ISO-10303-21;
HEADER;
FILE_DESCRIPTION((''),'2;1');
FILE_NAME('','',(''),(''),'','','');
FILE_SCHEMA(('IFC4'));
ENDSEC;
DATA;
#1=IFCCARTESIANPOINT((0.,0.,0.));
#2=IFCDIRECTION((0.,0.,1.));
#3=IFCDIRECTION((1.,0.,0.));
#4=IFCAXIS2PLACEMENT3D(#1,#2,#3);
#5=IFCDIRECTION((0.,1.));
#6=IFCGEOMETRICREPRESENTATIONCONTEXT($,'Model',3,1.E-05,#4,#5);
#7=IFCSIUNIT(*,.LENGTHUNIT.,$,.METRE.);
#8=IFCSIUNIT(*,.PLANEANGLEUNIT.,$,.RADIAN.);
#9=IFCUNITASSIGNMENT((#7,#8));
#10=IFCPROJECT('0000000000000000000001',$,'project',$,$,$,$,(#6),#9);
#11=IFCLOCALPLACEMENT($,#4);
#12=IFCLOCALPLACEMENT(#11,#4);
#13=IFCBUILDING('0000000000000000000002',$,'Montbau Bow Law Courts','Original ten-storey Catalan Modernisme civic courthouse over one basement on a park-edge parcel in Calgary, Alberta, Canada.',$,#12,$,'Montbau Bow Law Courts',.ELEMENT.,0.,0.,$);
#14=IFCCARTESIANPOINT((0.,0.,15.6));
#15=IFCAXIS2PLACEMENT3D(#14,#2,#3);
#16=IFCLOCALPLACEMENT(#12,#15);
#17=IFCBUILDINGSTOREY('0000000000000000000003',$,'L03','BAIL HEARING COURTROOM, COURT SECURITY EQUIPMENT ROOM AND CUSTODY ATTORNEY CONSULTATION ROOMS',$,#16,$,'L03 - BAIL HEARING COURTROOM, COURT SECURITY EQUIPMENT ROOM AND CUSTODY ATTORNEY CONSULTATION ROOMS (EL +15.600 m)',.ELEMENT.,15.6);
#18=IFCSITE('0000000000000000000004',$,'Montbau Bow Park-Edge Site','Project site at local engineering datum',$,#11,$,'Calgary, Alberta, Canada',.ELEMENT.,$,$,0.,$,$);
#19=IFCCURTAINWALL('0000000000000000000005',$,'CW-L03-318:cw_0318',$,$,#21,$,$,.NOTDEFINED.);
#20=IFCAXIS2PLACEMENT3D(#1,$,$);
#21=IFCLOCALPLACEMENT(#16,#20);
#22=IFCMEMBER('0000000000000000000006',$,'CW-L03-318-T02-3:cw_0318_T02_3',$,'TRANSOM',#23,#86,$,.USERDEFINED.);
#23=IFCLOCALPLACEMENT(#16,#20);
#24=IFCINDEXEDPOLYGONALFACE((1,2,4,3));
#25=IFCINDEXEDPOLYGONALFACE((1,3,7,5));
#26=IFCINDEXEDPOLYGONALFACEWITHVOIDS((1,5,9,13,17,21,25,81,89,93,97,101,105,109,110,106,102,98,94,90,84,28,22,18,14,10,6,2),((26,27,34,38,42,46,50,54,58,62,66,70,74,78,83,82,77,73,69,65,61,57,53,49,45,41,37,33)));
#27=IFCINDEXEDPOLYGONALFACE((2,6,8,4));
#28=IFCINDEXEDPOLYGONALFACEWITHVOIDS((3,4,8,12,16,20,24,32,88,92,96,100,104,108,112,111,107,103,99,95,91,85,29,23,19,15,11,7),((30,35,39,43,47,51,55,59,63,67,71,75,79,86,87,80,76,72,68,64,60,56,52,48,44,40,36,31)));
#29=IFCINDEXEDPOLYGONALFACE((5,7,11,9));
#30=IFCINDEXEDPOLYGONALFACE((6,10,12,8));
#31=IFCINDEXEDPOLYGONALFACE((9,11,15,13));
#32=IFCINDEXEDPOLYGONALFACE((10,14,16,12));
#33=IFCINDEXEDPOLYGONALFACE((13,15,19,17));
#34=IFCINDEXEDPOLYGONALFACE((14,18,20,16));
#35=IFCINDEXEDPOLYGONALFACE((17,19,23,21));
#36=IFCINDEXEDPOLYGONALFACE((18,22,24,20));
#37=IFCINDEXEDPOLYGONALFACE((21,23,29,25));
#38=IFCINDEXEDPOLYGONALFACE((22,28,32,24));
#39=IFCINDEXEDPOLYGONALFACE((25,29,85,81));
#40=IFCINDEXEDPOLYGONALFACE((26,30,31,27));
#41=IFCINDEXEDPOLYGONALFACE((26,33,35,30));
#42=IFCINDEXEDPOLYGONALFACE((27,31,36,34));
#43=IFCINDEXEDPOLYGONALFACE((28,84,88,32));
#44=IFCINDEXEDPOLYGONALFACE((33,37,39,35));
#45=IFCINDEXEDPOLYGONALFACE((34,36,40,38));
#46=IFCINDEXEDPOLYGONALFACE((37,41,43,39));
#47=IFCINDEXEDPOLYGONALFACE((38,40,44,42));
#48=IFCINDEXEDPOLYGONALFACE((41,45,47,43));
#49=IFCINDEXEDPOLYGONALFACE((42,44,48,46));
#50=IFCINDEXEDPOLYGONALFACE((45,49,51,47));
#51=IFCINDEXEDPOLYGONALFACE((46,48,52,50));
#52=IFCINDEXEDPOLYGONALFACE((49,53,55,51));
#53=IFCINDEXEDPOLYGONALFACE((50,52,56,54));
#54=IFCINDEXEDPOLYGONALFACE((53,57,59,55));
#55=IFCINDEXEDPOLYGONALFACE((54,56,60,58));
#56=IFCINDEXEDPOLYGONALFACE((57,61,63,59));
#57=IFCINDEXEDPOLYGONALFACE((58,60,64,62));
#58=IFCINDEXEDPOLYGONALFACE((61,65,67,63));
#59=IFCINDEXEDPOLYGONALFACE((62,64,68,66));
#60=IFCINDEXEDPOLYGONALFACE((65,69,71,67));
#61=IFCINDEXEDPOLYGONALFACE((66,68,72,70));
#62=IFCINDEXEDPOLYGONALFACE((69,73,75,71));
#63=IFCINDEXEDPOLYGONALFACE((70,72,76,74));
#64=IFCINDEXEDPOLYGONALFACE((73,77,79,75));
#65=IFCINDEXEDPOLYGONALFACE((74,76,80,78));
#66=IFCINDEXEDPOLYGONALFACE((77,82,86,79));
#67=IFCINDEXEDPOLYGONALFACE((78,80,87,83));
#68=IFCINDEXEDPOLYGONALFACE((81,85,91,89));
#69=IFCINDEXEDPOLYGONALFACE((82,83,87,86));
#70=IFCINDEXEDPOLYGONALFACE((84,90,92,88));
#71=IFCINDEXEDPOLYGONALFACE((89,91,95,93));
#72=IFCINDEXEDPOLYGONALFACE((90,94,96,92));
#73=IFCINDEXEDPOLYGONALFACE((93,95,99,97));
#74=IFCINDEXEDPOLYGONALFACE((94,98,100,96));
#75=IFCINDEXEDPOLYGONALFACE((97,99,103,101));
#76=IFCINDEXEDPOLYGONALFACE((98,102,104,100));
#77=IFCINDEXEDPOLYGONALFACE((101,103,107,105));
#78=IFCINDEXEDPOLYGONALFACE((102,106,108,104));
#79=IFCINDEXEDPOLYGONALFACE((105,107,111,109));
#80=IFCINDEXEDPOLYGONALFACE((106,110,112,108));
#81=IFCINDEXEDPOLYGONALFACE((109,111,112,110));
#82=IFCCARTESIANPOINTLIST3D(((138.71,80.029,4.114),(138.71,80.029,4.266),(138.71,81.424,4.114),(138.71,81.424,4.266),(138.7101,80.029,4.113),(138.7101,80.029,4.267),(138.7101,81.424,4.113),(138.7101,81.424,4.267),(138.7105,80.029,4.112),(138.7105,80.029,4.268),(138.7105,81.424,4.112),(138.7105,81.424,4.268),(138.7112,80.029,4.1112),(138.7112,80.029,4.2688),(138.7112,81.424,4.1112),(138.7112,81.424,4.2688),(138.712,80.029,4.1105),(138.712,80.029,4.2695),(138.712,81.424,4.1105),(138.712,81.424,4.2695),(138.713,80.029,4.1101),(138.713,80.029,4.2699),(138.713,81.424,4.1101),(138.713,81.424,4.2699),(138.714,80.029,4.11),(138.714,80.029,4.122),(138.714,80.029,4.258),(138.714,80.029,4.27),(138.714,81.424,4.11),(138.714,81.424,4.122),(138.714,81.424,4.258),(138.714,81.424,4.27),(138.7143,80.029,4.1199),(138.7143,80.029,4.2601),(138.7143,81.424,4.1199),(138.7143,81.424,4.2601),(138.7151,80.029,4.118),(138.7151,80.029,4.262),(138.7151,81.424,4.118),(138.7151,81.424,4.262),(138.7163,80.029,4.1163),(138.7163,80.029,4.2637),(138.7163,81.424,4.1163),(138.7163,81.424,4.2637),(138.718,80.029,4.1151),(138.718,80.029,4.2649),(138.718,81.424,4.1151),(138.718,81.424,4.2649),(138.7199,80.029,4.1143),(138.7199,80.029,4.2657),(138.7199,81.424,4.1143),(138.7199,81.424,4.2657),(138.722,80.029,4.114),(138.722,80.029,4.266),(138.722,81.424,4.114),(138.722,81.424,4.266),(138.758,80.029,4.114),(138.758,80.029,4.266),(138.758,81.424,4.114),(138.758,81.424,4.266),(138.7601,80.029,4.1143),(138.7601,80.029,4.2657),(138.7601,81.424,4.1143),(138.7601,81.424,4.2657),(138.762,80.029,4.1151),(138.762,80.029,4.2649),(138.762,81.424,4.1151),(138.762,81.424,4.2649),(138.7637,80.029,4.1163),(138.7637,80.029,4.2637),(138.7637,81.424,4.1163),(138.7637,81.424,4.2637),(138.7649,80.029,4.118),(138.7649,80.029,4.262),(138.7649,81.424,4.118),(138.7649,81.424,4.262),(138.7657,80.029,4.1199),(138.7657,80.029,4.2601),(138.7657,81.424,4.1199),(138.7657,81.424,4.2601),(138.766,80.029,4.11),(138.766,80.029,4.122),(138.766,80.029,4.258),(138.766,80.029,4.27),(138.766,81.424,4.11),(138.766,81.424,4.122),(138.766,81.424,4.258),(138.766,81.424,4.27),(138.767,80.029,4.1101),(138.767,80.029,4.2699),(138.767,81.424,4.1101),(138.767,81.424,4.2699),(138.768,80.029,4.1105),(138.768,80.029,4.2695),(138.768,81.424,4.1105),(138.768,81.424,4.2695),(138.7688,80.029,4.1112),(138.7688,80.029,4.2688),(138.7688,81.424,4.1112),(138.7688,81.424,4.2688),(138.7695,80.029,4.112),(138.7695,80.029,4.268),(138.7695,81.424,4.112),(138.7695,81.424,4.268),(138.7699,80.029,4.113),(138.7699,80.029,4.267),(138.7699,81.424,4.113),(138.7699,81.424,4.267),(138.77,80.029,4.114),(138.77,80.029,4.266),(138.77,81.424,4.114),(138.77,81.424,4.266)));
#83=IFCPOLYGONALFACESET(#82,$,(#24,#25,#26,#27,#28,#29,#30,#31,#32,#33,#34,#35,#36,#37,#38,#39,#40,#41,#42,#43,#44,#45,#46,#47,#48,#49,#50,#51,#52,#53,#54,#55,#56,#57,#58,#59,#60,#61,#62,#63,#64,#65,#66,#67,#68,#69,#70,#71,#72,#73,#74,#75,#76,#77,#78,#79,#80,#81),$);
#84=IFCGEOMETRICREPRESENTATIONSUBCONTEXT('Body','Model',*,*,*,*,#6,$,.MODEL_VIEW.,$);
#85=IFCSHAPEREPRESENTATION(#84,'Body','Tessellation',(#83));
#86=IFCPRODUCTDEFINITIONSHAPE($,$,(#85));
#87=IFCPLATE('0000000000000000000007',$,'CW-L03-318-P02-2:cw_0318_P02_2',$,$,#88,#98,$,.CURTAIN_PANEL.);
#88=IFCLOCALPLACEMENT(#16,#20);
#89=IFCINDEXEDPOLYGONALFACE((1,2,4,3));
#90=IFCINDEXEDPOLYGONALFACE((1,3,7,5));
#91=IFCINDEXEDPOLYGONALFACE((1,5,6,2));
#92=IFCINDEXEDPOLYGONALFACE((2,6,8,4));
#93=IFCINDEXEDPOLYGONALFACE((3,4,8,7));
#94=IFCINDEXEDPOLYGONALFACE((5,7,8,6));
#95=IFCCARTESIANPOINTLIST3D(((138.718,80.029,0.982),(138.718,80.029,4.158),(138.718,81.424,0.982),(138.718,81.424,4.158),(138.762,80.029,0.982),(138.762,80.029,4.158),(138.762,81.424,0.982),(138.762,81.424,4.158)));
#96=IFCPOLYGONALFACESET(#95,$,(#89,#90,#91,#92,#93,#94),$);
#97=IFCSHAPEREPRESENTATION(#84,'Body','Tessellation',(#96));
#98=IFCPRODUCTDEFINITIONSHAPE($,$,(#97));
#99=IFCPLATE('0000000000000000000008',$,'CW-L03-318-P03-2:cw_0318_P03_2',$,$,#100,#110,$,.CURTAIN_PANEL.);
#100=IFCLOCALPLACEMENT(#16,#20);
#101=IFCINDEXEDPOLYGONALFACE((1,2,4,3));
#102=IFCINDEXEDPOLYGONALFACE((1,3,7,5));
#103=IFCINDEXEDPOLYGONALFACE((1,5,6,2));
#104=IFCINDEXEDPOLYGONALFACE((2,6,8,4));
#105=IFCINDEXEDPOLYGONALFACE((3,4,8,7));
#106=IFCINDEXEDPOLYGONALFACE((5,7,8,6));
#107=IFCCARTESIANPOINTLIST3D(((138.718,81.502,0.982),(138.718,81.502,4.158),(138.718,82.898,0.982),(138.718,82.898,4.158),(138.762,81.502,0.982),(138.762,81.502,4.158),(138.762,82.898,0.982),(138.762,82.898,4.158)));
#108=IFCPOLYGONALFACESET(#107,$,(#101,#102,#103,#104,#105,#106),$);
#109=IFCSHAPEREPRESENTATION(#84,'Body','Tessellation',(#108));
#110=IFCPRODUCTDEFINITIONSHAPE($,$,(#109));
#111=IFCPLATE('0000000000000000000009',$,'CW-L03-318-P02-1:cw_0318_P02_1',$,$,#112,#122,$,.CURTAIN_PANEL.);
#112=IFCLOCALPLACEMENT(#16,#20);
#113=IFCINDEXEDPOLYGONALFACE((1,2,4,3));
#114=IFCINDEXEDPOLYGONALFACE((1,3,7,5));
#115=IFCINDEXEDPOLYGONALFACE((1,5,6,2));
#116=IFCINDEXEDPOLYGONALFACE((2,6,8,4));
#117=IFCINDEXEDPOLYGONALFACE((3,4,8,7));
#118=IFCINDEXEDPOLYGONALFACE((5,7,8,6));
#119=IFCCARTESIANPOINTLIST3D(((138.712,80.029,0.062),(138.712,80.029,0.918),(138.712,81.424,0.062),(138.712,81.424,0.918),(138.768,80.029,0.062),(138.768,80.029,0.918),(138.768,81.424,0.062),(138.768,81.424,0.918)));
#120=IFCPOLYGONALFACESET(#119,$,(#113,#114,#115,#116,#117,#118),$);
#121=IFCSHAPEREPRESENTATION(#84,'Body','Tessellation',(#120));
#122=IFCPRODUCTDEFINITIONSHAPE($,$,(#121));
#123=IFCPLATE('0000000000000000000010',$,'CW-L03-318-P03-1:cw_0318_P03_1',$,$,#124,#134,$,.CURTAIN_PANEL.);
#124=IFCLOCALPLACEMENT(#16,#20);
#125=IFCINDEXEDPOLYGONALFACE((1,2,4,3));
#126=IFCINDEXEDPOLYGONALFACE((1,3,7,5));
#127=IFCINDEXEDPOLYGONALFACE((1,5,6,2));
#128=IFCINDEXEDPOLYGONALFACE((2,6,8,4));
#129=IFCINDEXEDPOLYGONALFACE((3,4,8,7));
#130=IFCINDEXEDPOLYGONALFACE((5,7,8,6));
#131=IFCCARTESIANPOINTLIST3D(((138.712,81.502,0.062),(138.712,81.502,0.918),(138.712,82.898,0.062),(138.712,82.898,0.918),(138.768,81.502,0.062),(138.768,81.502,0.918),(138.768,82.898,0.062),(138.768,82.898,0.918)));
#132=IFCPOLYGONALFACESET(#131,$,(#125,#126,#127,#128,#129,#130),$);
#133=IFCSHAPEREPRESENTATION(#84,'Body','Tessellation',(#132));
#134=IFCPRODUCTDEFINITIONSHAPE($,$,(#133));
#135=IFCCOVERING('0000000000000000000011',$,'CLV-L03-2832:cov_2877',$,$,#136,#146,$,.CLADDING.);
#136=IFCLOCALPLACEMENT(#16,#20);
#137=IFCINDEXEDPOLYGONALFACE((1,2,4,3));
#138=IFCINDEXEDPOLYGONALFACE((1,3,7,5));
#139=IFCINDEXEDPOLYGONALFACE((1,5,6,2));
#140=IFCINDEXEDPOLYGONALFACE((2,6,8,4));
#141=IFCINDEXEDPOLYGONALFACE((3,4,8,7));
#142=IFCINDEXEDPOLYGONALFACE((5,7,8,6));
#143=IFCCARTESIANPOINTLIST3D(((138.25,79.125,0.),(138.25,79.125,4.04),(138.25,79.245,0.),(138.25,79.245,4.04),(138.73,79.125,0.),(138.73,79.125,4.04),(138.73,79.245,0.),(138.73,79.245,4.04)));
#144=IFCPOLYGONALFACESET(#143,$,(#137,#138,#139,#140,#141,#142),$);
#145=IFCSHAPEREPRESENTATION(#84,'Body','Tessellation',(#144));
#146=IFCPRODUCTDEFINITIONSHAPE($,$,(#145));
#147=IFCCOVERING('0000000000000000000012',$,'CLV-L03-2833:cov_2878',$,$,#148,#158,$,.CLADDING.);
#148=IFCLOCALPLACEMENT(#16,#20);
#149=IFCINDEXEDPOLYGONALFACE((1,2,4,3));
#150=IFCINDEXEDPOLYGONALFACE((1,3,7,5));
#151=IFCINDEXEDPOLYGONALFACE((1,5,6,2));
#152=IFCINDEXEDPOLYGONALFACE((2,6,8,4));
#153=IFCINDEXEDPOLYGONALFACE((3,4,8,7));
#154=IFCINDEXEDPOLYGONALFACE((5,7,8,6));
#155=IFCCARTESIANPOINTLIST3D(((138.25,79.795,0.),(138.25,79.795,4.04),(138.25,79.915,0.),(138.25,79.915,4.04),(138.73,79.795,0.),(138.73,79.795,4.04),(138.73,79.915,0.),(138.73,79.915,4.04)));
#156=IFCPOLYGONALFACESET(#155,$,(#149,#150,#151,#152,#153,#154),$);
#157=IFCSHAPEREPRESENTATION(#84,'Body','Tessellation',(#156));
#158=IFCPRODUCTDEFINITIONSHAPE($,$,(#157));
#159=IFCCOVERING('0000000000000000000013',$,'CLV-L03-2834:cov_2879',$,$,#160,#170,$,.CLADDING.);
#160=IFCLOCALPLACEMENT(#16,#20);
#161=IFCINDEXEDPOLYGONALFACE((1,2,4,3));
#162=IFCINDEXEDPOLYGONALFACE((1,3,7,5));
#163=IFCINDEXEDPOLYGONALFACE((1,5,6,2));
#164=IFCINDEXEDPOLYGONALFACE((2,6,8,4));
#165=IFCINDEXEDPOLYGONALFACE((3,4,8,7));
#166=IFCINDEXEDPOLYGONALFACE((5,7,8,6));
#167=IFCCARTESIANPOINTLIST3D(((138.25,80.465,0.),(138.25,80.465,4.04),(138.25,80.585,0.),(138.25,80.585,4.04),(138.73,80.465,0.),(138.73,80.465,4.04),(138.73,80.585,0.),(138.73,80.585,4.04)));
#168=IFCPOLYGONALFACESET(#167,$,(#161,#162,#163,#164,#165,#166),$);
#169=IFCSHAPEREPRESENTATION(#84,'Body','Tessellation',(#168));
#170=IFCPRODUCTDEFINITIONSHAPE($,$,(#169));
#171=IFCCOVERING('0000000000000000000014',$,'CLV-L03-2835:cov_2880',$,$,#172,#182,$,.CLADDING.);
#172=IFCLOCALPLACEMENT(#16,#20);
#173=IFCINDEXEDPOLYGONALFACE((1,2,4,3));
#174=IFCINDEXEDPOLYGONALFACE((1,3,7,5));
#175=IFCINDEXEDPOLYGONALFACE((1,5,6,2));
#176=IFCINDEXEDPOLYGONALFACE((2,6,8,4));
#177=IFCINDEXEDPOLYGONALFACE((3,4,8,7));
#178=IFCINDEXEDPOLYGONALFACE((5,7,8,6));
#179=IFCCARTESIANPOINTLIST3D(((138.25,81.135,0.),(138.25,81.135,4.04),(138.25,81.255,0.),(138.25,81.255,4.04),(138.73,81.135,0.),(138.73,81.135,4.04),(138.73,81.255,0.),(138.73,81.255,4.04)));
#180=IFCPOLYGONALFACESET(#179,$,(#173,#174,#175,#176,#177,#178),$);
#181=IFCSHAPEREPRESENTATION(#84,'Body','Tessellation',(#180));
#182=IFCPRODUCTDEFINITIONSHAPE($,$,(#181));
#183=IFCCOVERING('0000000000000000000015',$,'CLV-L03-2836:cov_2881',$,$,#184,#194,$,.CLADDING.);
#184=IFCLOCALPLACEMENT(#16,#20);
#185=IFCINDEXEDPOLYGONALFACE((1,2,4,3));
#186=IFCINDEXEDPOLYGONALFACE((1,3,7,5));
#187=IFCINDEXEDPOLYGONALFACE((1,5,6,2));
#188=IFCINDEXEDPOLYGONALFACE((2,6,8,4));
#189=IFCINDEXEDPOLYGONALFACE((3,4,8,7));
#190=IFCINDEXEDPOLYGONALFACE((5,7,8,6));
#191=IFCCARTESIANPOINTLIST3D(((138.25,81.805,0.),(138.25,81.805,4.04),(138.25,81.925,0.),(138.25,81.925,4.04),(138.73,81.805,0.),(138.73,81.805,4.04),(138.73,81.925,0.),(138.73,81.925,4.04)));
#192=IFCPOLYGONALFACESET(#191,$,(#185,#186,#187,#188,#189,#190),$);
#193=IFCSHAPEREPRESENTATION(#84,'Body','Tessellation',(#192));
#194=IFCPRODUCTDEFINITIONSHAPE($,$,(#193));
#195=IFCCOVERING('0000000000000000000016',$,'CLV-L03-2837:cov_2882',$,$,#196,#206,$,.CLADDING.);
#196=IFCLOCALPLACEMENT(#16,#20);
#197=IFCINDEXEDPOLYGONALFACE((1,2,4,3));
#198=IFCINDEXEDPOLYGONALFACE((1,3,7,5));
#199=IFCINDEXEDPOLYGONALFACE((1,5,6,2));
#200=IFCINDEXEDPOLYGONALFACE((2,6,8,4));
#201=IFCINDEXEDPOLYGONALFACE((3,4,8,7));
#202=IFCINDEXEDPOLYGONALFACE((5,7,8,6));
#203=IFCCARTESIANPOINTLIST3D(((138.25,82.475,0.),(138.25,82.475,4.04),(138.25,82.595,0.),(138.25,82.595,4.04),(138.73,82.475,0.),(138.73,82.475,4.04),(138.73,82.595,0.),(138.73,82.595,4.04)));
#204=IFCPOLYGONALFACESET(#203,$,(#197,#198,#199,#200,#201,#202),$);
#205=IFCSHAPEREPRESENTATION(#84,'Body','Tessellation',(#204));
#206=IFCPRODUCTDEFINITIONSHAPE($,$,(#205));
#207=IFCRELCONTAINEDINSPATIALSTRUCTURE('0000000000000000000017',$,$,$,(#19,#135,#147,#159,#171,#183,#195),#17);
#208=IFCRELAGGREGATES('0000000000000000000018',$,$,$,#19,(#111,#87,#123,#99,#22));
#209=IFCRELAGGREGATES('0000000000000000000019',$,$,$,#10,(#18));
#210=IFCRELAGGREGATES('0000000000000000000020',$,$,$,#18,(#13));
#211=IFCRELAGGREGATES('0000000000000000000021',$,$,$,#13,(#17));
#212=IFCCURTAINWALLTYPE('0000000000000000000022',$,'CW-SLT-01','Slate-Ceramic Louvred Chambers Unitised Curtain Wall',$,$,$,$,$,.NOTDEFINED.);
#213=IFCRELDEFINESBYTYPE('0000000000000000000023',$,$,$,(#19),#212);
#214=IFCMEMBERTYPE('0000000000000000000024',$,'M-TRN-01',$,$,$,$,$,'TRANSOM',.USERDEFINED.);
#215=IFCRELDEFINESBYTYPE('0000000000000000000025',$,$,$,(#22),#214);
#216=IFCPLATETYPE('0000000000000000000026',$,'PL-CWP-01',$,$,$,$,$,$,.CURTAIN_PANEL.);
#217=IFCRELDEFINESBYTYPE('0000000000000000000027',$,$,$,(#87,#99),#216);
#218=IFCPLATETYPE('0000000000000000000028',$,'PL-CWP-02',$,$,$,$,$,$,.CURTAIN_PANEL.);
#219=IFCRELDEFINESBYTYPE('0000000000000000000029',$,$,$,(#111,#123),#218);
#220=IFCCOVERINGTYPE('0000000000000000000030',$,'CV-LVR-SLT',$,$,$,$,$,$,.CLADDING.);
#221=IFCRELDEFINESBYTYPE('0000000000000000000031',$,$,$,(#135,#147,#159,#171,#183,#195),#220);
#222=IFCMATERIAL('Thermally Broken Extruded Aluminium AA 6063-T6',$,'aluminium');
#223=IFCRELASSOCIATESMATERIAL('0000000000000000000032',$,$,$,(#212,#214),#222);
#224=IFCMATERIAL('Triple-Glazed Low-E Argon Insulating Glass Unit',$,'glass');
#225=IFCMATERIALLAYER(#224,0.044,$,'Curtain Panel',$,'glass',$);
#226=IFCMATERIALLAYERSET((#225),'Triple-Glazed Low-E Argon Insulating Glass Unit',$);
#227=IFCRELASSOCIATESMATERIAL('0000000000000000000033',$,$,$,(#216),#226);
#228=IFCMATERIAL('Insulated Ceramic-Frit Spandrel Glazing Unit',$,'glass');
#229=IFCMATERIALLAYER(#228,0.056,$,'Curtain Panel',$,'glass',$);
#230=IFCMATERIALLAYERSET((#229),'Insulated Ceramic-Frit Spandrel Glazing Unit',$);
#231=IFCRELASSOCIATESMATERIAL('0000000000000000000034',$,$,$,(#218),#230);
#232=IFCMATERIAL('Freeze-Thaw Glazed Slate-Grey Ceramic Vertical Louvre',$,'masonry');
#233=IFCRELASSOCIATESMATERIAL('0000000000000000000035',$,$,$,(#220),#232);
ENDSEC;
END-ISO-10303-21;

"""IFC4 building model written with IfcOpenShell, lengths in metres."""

from ifc_helpers import new_model, si_unit, direction, frame, frame_2d, origin_with_axes, origin_2d_with_axis, place, context, subcontext, project, spatial, rectangle, hollow_rectangle, extrude, material, layer, layer_set, material_profile, profile_set, type_object, element, aggregate, save


model = new_model("IFC4")

# Units and contexts
model_context = context("Model", 3, precision=1e-05, world=origin_with_axes(), true_north=direction((0.0, 1.0)))
body_context = subcontext(model_context, "Body", "Model", "MODEL_VIEW")
ifc_project = project(units=[si_unit("LENGTHUNIT", "METRE"), si_unit("PLANEANGLEUNIT", "RADIAN")], contexts=[model_context])

# Site, building, storey
site_placement = place(None, origin_with_axes())
site = spatial("IfcSite", under=ifc_project, at=site_placement, Name="Montbau Bow Park-Edge Site", Description="Project site at local engineering datum", LongName="Calgary, Alberta, Canada", CompositionType="ELEMENT", RefElevation=0.0)
building_placement = place(site_placement, origin_with_axes())
building = spatial("IfcBuilding", under=site, at=building_placement, Name="Montbau Bow Law Courts", Description="Original ten-storey Catalan Modernisme civic courthouse over one basement on a park-edge parcel in Calgary, Alberta, Canada.", LongName="Montbau Bow Law Courts", CompositionType="ELEMENT", ElevationOfRefHeight=0.0, ElevationOfTerrain=0.0)
storey_placement = place(building_placement, frame((0.0, 0.0, 15.6), z_axis=(0.0, 0.0, 1.0), x_axis=(1.0, 0.0, 0.0)))
storey = spatial("IfcBuildingStorey", under=building, at=storey_placement, Name="L03", Description="BAIL HEARING COURTROOM, COURT SECURITY EQUIPMENT ROOM AND CUSTODY ATTORNEY CONSULTATION ROOMS", LongName="L03 - BAIL HEARING COURTROOM, COURT SECURITY EQUIPMENT ROOM AND CUSTODY ATTORNEY CONSULTATION ROOMS (EL +15.600 m)", CompositionType="ELEMENT", Elevation=15.6)

# Curtain wall, member, plates
ifc_material_1 = material(Name="Thermally Broken Extruded Aluminium AA 6063-T6", Category="aluminium")
curtain_wall_type = type_object("IfcCurtainWallType", Name="CW-SLT-01", Description="Slate-Ceramic Louvred Chambers Unitised Curtain Wall", PredefinedType="NOTDEFINED", material=ifc_material_1)
curtain_wall_placement = place(None, frame((138.74, 78.515, 15.6), z_axis=(0.0, 0.0, 1.0), x_axis=(1.0, 0.0, 0.0)))
curtain_wall = element("IfcCurtainWall", 1, at=curtain_wall_placement, inside=storey, type_object=curtain_wall_type, Name="CW-L03-318:cw_0318", PredefinedType="NOTDEFINED")
ifc_material_profile_1 = material_profile(ifc_material_1, hollow_rectangle(XDim=0.06, YDim=0.16, WallThickness=0.004, InnerFilletRadius=0.008, OuterFilletRadius=0.004, at=origin_2d_with_axis()), Name="CWT-160X60", Category="Main", Priority=0)
ifc_profile_set_1 = profile_set([ifc_material_profile_1], Name="Thermally Broken Extruded Aluminium AA 6063-T6")
member_type_1 = type_object("IfcMemberType", Name="M-TRN-01", ElementType="TRANSOM", PredefinedType="USERDEFINED", material=ifc_profile_set_1)
member_1_placement = place(None, frame((138.74, 80.029, 19.79), z_axis=(0.0, 1.0, 0.0), x_axis=(-1.0, 0.0, 0.0)))
member_1 = element("IfcMember", 2, at=member_1_placement, type_object=member_type_1, Name="CW-L03-318-T02-3:cw_0318_T02_3", ObjectType="TRANSOM", PredefinedType="USERDEFINED", context=body_context, shape_type="SweptSolid", body=[
    extrude(hollow_rectangle(XDim=0.06, YDim=0.16, WallThickness=0.004, InnerFilletRadius=0.008, OuterFilletRadius=0.004, at=origin_2d_with_axis()), origin_with_axes(), (0.0, 0.0, 1.0), 1.395),
])
ifc_material_2 = material(Name="Triple-Glazed Low-E Argon Insulating Glass Unit", Category="glass")
ifc_layer_1 = layer(ifc_material_2, 0.044, Name="Curtain Panel", Category="glass")
ifc_layer_set_1 = layer_set([ifc_layer_1], Name="Triple-Glazed Low-E Argon Insulating Glass Unit")
plate_type_1 = type_object("IfcPlateType", Name="PL-CWP-01", PredefinedType="CURTAIN_PANEL", material=ifc_layer_set_1)
plate_1_placement = place(None, frame((138.74, 80.029, 16.582), z_axis=(1.0, 0.0, 0.0), x_axis=(0.0, 1.0, 0.0)))
plate_1 = element("IfcPlate", 3, at=plate_1_placement, type_object=plate_type_1, Name="CW-L03-318-P02-2:cw_0318_P02_2", PredefinedType="CURTAIN_PANEL", context=body_context, shape_type="SweptSolid", body=[
    extrude(rectangle(XDim=1.395, YDim=3.176, at=frame_2d((0.6975, 1.588), x_axis=(1.0, 0.0))), frame((0.0, 0.0, -0.022), z_axis=(0.0, 0.0, 1.0), x_axis=(1.0, 0.0, 0.0)), (0.0, 0.0, 1.0), 0.044),
])
plate_2_placement = place(None, frame((138.74, 81.502, 16.582), z_axis=(1.0, 0.0, 0.0), x_axis=(0.0, 1.0, 0.0)))
plate_2 = element("IfcPlate", 4, at=plate_2_placement, type_object=plate_type_1, Name="CW-L03-318-P03-2:cw_0318_P03_2", PredefinedType="CURTAIN_PANEL", context=body_context, shape_type="SweptSolid", body=[
    extrude(rectangle(XDim=1.396, YDim=3.176, at=frame_2d((0.698, 1.588), x_axis=(1.0, 0.0))), frame((0.0, 0.0, -0.022), z_axis=(0.0, 0.0, 1.0), x_axis=(1.0, 0.0, 0.0)), (0.0, 0.0, 1.0), 0.044),
])
ifc_material_3 = material(Name="Insulated Ceramic-Frit Spandrel Glazing Unit", Category="glass")
ifc_layer_2 = layer(ifc_material_3, 0.056, Name="Curtain Panel", Category="glass")
ifc_layer_set_2 = layer_set([ifc_layer_2], Name="Insulated Ceramic-Frit Spandrel Glazing Unit")
plate_type_2 = type_object("IfcPlateType", Name="PL-CWP-02", PredefinedType="CURTAIN_PANEL", material=ifc_layer_set_2)
plate_3_placement = place(None, frame((138.74, 80.029, 15.662), z_axis=(1.0, 0.0, 0.0), x_axis=(0.0, 1.0, 0.0)))
plate_3 = element("IfcPlate", 5, at=plate_3_placement, type_object=plate_type_2, Name="CW-L03-318-P02-1:cw_0318_P02_1", PredefinedType="CURTAIN_PANEL", context=body_context, shape_type="SweptSolid", body=[
    extrude(rectangle(XDim=1.395, YDim=0.856, at=frame_2d((0.6975, 0.428), x_axis=(1.0, 0.0))), frame((0.0, 0.0, -0.028), z_axis=(0.0, 0.0, 1.0), x_axis=(1.0, 0.0, 0.0)), (0.0, 0.0, 1.0), 0.056),
])
plate_4_placement = place(None, frame((138.74, 81.502, 15.662), z_axis=(1.0, 0.0, 0.0), x_axis=(0.0, 1.0, 0.0)))
plate_4 = element("IfcPlate", 6, at=plate_4_placement, type_object=plate_type_2, Name="CW-L03-318-P03-1:cw_0318_P03_1", PredefinedType="CURTAIN_PANEL", context=body_context, shape_type="SweptSolid", body=[
    extrude(rectangle(XDim=1.396, YDim=0.856, at=frame_2d((0.698, 0.428), x_axis=(1.0, 0.0))), frame((0.0, 0.0, -0.028), z_axis=(0.0, 0.0, 1.0), x_axis=(1.0, 0.0, 0.0)), (0.0, 0.0, 1.0), 0.056),
])
aggregate(curtain_wall, [plate_3, plate_1, plate_4, plate_2, member_1])

# Coverings
ifc_material_4 = material(Name="Freeze-Thaw Glazed Slate-Grey Ceramic Vertical Louvre", Category="masonry")
covering_type = type_object("IfcCoveringType", Name="CV-LVR-SLT", PredefinedType="CLADDING", material=ifc_material_4)
for number, where, z_axis, x_axis, name in (
    (7, (138.73, 79.185, 15.6), (0.0, 1.0, 0.0), (-1.0, 0.0, 0.0), "CLV-L03-2832:cov_2877"),
    (8, (138.73, 79.855, 15.6), (0.0, 1.0, 0.0), (-1.0, 0.0, 0.0), "CLV-L03-2833:cov_2878"),
    (9, (138.73, 80.525, 15.6), (0.0, 1.0, 0.0), (-1.0, 0.0, 0.0), "CLV-L03-2834:cov_2879"),
    (10, (138.73, 81.195, 15.6), (0.0, 1.0, 0.0), (-1.0, 0.0, 0.0), "CLV-L03-2835:cov_2880"),
    (11, (138.73, 81.865, 15.6), (0.0, 1.0, 0.0), (-1.0, 0.0, 0.0), "CLV-L03-2836:cov_2881"),
    (12, (138.73, 82.535, 15.6), (0.0, 1.0, 0.0), (-1.0, 0.0, 0.0), "CLV-L03-2837:cov_2882"),
):
    element("IfcCovering", number, at=place(None, frame(where, z_axis=z_axis, x_axis=x_axis)), inside=storey, type_object=covering_type, Name=name, PredefinedType="CLADDING", context=body_context, shape_type="SweptSolid", body=[
        extrude(rectangle(XDim=0.48, YDim=4.04, at=frame_2d((0.24, 2.02), x_axis=(1.0, 0.0))), frame((0.0, 0.0, -0.06), z_axis=(0.0, 0.0, 1.0), x_axis=(1.0, 0.0, 0.0)), (0.0, 0.0, 1.0), 0.12),
    ])

save(model, "model.ifc")
